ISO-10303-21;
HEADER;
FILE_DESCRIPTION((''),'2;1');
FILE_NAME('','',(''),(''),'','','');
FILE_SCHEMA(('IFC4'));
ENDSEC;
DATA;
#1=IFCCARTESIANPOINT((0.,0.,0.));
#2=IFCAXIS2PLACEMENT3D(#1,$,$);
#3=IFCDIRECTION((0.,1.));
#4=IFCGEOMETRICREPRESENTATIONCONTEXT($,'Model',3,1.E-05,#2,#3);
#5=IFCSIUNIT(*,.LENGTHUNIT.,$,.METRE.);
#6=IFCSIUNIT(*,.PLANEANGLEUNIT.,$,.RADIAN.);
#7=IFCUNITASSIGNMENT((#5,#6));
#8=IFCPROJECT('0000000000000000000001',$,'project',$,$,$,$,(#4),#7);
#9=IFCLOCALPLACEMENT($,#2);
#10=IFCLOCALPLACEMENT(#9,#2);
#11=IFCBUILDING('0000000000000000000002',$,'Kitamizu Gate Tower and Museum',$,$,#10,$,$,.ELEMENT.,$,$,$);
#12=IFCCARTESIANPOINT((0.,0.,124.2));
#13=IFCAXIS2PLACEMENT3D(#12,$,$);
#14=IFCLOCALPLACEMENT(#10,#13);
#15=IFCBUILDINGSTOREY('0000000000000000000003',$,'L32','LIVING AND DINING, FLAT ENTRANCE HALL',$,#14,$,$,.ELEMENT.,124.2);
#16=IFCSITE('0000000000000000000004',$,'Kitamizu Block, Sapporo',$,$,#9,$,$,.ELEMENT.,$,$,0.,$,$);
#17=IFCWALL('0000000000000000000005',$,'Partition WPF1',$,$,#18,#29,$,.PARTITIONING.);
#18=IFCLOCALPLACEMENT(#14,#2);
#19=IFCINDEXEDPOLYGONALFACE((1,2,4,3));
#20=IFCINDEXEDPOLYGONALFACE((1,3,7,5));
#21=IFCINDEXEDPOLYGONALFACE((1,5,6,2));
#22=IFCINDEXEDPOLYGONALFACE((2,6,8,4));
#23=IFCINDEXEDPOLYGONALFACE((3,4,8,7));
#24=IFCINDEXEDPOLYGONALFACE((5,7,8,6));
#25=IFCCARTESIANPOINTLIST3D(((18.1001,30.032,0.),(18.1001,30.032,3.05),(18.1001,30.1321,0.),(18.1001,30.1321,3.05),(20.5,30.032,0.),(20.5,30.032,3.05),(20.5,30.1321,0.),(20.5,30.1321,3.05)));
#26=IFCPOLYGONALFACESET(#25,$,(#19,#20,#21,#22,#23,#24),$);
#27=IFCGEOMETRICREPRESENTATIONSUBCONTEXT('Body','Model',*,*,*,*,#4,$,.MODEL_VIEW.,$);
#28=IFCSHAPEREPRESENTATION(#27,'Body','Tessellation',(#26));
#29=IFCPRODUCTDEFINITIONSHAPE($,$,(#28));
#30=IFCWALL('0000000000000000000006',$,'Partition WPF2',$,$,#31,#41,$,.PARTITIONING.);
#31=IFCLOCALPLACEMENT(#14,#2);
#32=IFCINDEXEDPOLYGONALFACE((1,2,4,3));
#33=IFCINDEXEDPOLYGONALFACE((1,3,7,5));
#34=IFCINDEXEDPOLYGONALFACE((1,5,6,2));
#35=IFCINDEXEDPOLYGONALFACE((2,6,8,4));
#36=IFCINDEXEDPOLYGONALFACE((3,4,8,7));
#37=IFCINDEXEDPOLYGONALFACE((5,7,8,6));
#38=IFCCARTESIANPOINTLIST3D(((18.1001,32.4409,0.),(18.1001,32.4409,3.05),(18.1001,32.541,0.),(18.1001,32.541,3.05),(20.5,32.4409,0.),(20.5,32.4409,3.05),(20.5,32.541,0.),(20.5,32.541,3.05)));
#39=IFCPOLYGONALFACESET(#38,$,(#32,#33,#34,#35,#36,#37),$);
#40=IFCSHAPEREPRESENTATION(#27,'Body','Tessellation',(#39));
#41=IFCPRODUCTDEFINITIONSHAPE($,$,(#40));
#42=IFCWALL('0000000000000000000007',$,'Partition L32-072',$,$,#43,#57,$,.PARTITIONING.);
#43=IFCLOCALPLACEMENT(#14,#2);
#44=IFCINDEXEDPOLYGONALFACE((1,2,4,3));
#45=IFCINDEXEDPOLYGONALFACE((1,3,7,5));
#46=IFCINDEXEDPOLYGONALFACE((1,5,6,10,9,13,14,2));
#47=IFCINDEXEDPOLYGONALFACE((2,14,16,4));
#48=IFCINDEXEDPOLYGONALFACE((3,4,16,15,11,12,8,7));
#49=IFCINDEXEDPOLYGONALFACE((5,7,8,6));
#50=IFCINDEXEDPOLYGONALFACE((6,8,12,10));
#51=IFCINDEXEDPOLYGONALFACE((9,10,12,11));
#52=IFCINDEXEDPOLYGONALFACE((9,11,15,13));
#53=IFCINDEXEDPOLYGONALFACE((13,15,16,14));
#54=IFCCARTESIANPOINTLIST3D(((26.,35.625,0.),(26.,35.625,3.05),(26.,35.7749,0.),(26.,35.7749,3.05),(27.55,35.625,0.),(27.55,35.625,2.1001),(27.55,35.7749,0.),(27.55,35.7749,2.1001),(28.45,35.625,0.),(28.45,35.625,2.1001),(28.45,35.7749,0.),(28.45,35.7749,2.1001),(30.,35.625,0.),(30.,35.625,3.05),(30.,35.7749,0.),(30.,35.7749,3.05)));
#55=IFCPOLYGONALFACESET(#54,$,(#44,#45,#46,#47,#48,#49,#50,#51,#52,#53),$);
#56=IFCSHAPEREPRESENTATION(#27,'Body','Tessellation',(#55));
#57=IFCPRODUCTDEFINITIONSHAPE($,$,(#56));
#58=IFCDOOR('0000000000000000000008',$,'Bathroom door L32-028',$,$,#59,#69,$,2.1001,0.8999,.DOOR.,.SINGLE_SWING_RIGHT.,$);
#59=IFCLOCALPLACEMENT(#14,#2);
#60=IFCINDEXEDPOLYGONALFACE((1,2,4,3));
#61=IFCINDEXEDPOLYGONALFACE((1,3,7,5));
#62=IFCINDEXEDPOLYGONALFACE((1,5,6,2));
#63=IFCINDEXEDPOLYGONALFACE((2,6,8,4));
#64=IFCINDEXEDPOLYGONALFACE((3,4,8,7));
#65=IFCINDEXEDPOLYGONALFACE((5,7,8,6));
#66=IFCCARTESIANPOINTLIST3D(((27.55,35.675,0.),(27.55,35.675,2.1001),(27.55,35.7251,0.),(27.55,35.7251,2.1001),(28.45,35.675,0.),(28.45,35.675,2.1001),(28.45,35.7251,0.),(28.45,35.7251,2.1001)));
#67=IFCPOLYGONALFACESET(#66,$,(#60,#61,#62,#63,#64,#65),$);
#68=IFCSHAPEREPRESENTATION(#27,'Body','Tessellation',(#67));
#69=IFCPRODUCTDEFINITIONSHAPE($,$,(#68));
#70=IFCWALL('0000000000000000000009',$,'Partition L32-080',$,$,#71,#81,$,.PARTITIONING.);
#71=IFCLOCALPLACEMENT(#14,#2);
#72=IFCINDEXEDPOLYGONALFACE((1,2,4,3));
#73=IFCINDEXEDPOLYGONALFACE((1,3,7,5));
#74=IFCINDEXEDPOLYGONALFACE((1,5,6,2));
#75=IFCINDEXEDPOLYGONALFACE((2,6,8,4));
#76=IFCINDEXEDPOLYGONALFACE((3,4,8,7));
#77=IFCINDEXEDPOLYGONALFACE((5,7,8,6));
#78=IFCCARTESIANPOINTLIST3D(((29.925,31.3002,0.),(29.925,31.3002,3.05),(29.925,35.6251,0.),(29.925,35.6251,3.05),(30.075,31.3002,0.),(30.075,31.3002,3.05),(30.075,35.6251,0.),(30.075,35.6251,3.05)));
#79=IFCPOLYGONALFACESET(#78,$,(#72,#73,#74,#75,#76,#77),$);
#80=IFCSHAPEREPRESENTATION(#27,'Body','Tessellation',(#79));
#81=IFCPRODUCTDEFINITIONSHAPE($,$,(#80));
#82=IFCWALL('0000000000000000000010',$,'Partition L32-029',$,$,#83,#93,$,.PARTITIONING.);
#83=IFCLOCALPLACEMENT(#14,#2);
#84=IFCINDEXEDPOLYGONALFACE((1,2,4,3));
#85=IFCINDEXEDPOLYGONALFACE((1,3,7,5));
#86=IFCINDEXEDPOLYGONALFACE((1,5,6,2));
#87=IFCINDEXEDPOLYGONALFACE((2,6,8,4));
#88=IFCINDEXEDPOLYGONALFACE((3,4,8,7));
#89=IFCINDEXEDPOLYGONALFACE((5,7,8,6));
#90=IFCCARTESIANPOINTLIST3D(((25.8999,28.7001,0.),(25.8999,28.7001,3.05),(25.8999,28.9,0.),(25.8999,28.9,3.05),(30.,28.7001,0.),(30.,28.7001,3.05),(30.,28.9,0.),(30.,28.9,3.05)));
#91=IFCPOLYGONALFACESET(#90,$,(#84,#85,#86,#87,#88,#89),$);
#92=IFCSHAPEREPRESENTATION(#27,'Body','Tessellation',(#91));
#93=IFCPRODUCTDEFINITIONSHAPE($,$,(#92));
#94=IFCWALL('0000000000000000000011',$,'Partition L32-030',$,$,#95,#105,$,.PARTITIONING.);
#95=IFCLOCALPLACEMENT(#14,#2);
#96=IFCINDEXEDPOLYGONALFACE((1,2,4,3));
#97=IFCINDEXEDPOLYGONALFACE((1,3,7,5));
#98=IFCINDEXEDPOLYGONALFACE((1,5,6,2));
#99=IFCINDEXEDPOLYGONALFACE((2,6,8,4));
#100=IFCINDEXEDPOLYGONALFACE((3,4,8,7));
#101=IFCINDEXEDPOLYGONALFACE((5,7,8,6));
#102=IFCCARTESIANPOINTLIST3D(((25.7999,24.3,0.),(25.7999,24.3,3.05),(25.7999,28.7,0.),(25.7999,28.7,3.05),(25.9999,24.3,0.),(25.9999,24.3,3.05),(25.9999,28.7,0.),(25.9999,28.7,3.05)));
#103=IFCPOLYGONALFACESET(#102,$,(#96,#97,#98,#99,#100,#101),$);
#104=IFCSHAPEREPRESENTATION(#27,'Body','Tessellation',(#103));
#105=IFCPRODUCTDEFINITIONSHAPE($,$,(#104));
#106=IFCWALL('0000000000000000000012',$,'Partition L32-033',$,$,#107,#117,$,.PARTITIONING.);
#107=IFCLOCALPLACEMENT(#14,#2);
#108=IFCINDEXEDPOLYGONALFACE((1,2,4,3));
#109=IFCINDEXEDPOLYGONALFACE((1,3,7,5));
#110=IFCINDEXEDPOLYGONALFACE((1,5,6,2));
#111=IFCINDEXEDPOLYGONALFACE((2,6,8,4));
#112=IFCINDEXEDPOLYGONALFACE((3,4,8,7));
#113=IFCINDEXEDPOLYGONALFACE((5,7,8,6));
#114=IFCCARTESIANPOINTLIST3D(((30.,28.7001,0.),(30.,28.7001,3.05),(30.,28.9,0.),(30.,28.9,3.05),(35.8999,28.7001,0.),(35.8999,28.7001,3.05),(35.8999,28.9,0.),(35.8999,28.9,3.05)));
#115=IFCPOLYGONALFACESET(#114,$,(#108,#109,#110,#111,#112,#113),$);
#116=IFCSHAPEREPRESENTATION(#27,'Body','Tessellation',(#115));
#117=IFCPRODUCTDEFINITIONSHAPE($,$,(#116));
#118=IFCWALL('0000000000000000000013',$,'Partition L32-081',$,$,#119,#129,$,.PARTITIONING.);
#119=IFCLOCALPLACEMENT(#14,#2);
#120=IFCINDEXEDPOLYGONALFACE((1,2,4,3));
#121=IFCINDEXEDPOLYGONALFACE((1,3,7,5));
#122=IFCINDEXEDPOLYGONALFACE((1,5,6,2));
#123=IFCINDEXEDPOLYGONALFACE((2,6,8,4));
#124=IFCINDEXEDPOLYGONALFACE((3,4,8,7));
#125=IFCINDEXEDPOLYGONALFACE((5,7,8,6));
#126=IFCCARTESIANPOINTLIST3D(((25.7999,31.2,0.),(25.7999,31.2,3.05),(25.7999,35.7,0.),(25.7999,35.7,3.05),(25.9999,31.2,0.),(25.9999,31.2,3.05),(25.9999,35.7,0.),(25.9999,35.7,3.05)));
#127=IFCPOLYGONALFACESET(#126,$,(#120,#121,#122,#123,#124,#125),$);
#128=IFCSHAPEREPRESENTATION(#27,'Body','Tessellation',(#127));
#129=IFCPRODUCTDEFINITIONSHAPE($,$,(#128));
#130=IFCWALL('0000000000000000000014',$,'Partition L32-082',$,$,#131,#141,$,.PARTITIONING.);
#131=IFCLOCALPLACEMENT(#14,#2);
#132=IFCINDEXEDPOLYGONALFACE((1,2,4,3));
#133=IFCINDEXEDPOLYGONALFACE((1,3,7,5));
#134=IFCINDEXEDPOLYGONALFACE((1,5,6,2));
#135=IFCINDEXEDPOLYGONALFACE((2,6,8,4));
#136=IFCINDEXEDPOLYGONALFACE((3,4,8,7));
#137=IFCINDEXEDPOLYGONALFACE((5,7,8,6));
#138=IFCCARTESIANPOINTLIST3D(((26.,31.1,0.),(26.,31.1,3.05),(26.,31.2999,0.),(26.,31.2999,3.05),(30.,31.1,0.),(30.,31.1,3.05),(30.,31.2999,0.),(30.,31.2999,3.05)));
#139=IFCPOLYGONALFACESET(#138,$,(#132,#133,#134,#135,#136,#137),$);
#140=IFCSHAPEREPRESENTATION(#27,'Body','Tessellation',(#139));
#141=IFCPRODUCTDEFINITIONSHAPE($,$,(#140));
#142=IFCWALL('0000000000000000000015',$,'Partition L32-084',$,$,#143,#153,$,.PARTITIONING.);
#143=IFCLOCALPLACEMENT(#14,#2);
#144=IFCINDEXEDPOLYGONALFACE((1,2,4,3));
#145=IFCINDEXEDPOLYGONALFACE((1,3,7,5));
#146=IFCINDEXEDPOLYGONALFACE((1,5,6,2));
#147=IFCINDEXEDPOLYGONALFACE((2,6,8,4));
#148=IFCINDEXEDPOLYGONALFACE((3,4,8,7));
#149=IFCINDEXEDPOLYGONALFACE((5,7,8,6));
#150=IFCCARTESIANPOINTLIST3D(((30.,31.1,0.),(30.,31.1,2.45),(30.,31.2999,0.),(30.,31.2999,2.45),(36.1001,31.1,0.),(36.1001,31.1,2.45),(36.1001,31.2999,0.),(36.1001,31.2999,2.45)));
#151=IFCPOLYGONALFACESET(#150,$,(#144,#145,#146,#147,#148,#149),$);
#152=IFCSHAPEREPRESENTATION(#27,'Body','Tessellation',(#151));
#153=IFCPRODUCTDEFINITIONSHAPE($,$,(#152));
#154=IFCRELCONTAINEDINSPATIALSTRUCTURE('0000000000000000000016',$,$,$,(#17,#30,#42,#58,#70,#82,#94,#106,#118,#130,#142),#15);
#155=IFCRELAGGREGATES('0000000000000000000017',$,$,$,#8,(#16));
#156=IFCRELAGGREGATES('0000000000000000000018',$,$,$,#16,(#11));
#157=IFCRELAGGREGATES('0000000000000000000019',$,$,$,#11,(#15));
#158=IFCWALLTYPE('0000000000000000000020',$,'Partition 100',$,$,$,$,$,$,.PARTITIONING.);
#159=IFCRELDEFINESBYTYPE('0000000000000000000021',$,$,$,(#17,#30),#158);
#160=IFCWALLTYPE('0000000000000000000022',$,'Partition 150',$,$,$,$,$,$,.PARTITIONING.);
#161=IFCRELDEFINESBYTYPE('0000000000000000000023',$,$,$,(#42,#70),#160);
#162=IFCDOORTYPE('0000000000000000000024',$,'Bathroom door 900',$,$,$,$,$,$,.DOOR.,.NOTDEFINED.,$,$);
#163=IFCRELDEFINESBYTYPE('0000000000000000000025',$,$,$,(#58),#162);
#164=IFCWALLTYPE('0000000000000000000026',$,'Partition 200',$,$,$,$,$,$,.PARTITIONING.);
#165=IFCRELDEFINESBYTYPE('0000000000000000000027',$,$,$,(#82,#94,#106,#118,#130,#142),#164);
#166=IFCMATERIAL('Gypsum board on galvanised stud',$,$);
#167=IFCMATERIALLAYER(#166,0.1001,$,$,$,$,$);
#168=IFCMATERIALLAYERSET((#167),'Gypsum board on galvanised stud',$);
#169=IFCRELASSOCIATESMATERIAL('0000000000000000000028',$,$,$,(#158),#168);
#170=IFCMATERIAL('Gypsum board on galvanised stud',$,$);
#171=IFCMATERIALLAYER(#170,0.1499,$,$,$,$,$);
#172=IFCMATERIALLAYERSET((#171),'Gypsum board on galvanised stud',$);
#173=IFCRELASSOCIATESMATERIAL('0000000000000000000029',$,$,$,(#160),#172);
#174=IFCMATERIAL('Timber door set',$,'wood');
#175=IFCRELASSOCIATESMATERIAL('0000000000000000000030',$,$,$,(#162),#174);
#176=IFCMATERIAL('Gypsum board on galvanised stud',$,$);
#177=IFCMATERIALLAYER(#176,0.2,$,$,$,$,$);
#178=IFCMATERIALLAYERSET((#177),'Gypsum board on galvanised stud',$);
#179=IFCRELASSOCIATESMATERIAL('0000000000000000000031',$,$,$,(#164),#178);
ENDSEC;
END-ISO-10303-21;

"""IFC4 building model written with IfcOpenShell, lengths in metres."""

from ifc_helpers import new_model, si_unit, direction, frame, frame_2d, origin, place, context, subcontext, project, spatial, rectangle, extrude, material, layer, layer_set, type_object, element, fill, save


model = new_model("IFC4")

# Units and contexts
model_context = context("Model", 3, precision=1e-05, world=origin(), true_north=direction((0.0, 1.0)))
body_context = subcontext(model_context, "Body", "Model", "MODEL_VIEW")
ifc_project = project(units=[si_unit("LENGTHUNIT", "METRE"), si_unit("PLANEANGLEUNIT", "RADIAN")], contexts=[model_context])

# Site, building, storey
site_placement = place(None, origin())
site = spatial("IfcSite", under=ifc_project, at=site_placement, Name="Kitamizu Block, Sapporo", CompositionType="ELEMENT", RefElevation=0.0)
building_placement = place(site_placement, origin())
building = spatial("IfcBuilding", under=site, at=building_placement, Name="Kitamizu Gate Tower and Museum", CompositionType="ELEMENT")
storey_placement = place(building_placement, frame((0.0, 0.0, 124.2)))
storey = spatial("IfcBuildingStorey", under=building, at=storey_placement, Name="L32", Description="LIVING AND DINING, FLAT ENTRANCE HALL", CompositionType="ELEMENT", Elevation=124.2)

# Walls
ifc_material_1 = material(Name="Gypsum board on galvanised stud")
ifc_layer_1 = layer(ifc_material_1, 0.1001)
ifc_layer_set_1 = layer_set([ifc_layer_1], Name="Gypsum board on galvanised stud")
wall_type_1 = type_object("IfcWallType", Name="Partition 100", PredefinedType="PARTITIONING", material=ifc_layer_set_1)
for number, where, z_axis, x_axis, name in (
    (1, (18.1001, 30.082, 0.0), (0.0, 0.0, 1.0), (1.0, 0.0, 0.0), "Partition WPF1"),
    (2, (18.1001, 32.491, 0.0), (0.0, 0.0, 1.0), (1.0, 0.0, 0.0), "Partition WPF2"),
):
    element("IfcWall", number, at=place(storey_placement, frame(where, z_axis=z_axis, x_axis=x_axis)), inside=storey, type_object=wall_type_1, Name=name, PredefinedType="PARTITIONING", context=body_context, shape_type="SweptSolid", body=[
        extrude(rectangle(XDim=2.3999, YDim=0.1001, at=frame_2d((1.2, 0.0))), origin(), (0.0, 0.0, 1.0), 3.05),
    ])

# Wall, opening, door
ifc_material_2 = material(Name="Gypsum board on galvanised stud")
ifc_layer_2 = layer(ifc_material_2, 0.1499)
ifc_layer_set_2 = layer_set([ifc_layer_2], Name="Gypsum board on galvanised stud")
wall_type_2 = type_object("IfcWallType", Name="Partition 150", PredefinedType="PARTITIONING", material=ifc_layer_set_2)
wall_1_placement = place(storey_placement, frame((26.0, 35.7, 0.0), z_axis=(0.0, 0.0, 1.0), x_axis=(1.0, 0.0, 0.0)))
wall_1 = element("IfcWall", 3, at=wall_1_placement, inside=storey, type_object=wall_type_2, Name="Partition L32-072", PredefinedType="PARTITIONING", context=body_context, shape_type="SweptSolid", body=[
    extrude(rectangle(XDim=4.0, YDim=0.1499, at=frame_2d((2.0, 0.0))), origin(), (0.0, 0.0, 1.0), 3.05),
])
opening_1_placement = place(wall_1_placement, frame((1.55, 0.0, 0.0)))
opening_1 = element("IfcOpeningElement", 4, at=opening_1_placement, cuts=wall_1, PredefinedType="OPENING", context=body_context, shape_type="SweptSolid", body=[
    extrude(rectangle(XDim=0.8999, YDim=2.1001, at=frame_2d((0.45, 1.05))), frame((0.0, 0.085, 0.0), z_axis=(0.0, -1.0, 0.0), x_axis=(1.0, 0.0, 0.0)), (0.0, 0.0, 1.0), 0.1699),
])
ifc_material_3 = material(Name="Timber door set", Category="wood")
door_type_1 = type_object("IfcDoorType", Name="Bathroom door 900", OperationType="NOTDEFINED", PredefinedType="DOOR", material=ifc_material_3)
door_1_placement = place(opening_1_placement, frame((0.8999, 0.0, 0.0), x_axis=(-1.0, 0.0, 0.0)))
door_1 = element("IfcDoor", 5, at=door_1_placement, inside=storey, type_object=door_type_1, Name="Bathroom door L32-028", OperationType="SINGLE_SWING_RIGHT", OverallHeight=2.1001, OverallWidth=0.8999, PredefinedType="DOOR", context=body_context, shape_type="SweptSolid", body=[
    extrude(rectangle(XDim=0.8999, YDim=2.1001, at=frame_2d((0.45, 1.05))), frame((0.0, 0.0249, 0.0), z_axis=(0.0, -1.0, 0.0), x_axis=(1.0, 0.0, 0.0)), (0.0, 0.0, 1.0), 0.05),
])
fill(opening_1, door_1)

# Walls
wall_2_placement = place(storey_placement, frame((30.0, 31.3, 0.0), z_axis=(0.0, 0.0, 1.0), x_axis=(0.0, 1.0, 0.0)))
element("IfcWall", 6, at=wall_2_placement, inside=storey, type_object=wall_type_2, Name="Partition L32-080", PredefinedType="PARTITIONING", context=body_context, shape_type="SweptSolid", body=[
    extrude(rectangle(XDim=4.325, YDim=0.1499, at=frame_2d((2.1626, 0.0))), origin(), (0.0, 0.0, 1.0), 3.05),
])
ifc_material_4 = material(Name="Gypsum board on galvanised stud")
ifc_layer_3 = layer(ifc_material_4, 0.2)
ifc_layer_set_3 = layer_set([ifc_layer_3], Name="Gypsum board on galvanised stud")
wall_type_3 = type_object("IfcWallType", Name="Partition 200", PredefinedType="PARTITIONING", material=ifc_layer_set_3)
wall_3_placement = place(storey_placement, frame((30.0, 28.8, 0.0), z_axis=(0.0, 0.0, 1.0), x_axis=(-1.0, 0.0, 0.0)))
element("IfcWall", 7, at=wall_3_placement, inside=storey, type_object=wall_type_3, Name="Partition L32-029", PredefinedType="PARTITIONING", context=body_context, shape_type="SweptSolid", body=[
    extrude(rectangle(XDim=4.1001, YDim=0.2, at=frame_2d((2.05, 0.0))), origin(), (0.0, 0.0, 1.0), 3.05),
])
wall_4_placement = place(storey_placement, frame((25.8999, 28.7, 0.0), z_axis=(0.0, 0.0, 1.0), x_axis=(0.0, -1.0, 0.0)))
element("IfcWall", 8, at=wall_4_placement, inside=storey, type_object=wall_type_3, Name="Partition L32-030", PredefinedType="PARTITIONING", context=body_context, shape_type="SweptSolid", body=[
    extrude(rectangle(XDim=4.3999, YDim=0.2, at=frame_2d((2.2, 0.0))), origin(), (0.0, 0.0, 1.0), 3.05),
])
wall_5_placement = place(storey_placement, frame((35.8999, 28.8, 0.0), z_axis=(0.0, 0.0, 1.0), x_axis=(-1.0, 0.0, 0.0)))
element("IfcWall", 9, at=wall_5_placement, inside=storey, type_object=wall_type_3, Name="Partition L32-033", PredefinedType="PARTITIONING", context=body_context, shape_type="SweptSolid", body=[
    extrude(rectangle(XDim=5.8999, YDim=0.2, at=frame_2d((2.95, 0.0))), origin(), (0.0, 0.0, 1.0), 3.05),
])
wall_6_placement = place(storey_placement, frame((25.8999, 35.7, 0.0), z_axis=(0.0, 0.0, 1.0), x_axis=(0.0, -1.0, 0.0)))
element("IfcWall", 10, at=wall_6_placement, inside=storey, type_object=wall_type_3, Name="Partition L32-081", PredefinedType="PARTITIONING", context=body_context, shape_type="SweptSolid", body=[
    extrude(rectangle(XDim=4.5, YDim=0.2, at=frame_2d((2.25, 0.0))), origin(), (0.0, 0.0, 1.0), 3.05),
])
wall_7_placement = place(storey_placement, frame((26.0, 31.2, 0.0), z_axis=(0.0, 0.0, 1.0), x_axis=(1.0, 0.0, 0.0)))
element("IfcWall", 11, at=wall_7_placement, inside=storey, type_object=wall_type_3, Name="Partition L32-082", PredefinedType="PARTITIONING", context=body_context, shape_type="SweptSolid", body=[
    extrude(rectangle(XDim=4.0, YDim=0.2, at=frame_2d((2.0, 0.0))), origin(), (0.0, 0.0, 1.0), 3.05),
])
wall_8_placement = place(storey_placement, frame((30.0, 31.2, 0.0), z_axis=(0.0, 0.0, 1.0), x_axis=(1.0, 0.0, 0.0)))
element("IfcWall", 12, at=wall_8_placement, inside=storey, type_object=wall_type_3, Name="Partition L32-084", PredefinedType="PARTITIONING", context=body_context, shape_type="SweptSolid", body=[
    extrude(rectangle(XDim=6.1001, YDim=0.2, at=frame_2d((3.05, 0.0))), origin(), (0.0, 0.0, 1.0), 2.45),
])

save(model, "model.ifc")
